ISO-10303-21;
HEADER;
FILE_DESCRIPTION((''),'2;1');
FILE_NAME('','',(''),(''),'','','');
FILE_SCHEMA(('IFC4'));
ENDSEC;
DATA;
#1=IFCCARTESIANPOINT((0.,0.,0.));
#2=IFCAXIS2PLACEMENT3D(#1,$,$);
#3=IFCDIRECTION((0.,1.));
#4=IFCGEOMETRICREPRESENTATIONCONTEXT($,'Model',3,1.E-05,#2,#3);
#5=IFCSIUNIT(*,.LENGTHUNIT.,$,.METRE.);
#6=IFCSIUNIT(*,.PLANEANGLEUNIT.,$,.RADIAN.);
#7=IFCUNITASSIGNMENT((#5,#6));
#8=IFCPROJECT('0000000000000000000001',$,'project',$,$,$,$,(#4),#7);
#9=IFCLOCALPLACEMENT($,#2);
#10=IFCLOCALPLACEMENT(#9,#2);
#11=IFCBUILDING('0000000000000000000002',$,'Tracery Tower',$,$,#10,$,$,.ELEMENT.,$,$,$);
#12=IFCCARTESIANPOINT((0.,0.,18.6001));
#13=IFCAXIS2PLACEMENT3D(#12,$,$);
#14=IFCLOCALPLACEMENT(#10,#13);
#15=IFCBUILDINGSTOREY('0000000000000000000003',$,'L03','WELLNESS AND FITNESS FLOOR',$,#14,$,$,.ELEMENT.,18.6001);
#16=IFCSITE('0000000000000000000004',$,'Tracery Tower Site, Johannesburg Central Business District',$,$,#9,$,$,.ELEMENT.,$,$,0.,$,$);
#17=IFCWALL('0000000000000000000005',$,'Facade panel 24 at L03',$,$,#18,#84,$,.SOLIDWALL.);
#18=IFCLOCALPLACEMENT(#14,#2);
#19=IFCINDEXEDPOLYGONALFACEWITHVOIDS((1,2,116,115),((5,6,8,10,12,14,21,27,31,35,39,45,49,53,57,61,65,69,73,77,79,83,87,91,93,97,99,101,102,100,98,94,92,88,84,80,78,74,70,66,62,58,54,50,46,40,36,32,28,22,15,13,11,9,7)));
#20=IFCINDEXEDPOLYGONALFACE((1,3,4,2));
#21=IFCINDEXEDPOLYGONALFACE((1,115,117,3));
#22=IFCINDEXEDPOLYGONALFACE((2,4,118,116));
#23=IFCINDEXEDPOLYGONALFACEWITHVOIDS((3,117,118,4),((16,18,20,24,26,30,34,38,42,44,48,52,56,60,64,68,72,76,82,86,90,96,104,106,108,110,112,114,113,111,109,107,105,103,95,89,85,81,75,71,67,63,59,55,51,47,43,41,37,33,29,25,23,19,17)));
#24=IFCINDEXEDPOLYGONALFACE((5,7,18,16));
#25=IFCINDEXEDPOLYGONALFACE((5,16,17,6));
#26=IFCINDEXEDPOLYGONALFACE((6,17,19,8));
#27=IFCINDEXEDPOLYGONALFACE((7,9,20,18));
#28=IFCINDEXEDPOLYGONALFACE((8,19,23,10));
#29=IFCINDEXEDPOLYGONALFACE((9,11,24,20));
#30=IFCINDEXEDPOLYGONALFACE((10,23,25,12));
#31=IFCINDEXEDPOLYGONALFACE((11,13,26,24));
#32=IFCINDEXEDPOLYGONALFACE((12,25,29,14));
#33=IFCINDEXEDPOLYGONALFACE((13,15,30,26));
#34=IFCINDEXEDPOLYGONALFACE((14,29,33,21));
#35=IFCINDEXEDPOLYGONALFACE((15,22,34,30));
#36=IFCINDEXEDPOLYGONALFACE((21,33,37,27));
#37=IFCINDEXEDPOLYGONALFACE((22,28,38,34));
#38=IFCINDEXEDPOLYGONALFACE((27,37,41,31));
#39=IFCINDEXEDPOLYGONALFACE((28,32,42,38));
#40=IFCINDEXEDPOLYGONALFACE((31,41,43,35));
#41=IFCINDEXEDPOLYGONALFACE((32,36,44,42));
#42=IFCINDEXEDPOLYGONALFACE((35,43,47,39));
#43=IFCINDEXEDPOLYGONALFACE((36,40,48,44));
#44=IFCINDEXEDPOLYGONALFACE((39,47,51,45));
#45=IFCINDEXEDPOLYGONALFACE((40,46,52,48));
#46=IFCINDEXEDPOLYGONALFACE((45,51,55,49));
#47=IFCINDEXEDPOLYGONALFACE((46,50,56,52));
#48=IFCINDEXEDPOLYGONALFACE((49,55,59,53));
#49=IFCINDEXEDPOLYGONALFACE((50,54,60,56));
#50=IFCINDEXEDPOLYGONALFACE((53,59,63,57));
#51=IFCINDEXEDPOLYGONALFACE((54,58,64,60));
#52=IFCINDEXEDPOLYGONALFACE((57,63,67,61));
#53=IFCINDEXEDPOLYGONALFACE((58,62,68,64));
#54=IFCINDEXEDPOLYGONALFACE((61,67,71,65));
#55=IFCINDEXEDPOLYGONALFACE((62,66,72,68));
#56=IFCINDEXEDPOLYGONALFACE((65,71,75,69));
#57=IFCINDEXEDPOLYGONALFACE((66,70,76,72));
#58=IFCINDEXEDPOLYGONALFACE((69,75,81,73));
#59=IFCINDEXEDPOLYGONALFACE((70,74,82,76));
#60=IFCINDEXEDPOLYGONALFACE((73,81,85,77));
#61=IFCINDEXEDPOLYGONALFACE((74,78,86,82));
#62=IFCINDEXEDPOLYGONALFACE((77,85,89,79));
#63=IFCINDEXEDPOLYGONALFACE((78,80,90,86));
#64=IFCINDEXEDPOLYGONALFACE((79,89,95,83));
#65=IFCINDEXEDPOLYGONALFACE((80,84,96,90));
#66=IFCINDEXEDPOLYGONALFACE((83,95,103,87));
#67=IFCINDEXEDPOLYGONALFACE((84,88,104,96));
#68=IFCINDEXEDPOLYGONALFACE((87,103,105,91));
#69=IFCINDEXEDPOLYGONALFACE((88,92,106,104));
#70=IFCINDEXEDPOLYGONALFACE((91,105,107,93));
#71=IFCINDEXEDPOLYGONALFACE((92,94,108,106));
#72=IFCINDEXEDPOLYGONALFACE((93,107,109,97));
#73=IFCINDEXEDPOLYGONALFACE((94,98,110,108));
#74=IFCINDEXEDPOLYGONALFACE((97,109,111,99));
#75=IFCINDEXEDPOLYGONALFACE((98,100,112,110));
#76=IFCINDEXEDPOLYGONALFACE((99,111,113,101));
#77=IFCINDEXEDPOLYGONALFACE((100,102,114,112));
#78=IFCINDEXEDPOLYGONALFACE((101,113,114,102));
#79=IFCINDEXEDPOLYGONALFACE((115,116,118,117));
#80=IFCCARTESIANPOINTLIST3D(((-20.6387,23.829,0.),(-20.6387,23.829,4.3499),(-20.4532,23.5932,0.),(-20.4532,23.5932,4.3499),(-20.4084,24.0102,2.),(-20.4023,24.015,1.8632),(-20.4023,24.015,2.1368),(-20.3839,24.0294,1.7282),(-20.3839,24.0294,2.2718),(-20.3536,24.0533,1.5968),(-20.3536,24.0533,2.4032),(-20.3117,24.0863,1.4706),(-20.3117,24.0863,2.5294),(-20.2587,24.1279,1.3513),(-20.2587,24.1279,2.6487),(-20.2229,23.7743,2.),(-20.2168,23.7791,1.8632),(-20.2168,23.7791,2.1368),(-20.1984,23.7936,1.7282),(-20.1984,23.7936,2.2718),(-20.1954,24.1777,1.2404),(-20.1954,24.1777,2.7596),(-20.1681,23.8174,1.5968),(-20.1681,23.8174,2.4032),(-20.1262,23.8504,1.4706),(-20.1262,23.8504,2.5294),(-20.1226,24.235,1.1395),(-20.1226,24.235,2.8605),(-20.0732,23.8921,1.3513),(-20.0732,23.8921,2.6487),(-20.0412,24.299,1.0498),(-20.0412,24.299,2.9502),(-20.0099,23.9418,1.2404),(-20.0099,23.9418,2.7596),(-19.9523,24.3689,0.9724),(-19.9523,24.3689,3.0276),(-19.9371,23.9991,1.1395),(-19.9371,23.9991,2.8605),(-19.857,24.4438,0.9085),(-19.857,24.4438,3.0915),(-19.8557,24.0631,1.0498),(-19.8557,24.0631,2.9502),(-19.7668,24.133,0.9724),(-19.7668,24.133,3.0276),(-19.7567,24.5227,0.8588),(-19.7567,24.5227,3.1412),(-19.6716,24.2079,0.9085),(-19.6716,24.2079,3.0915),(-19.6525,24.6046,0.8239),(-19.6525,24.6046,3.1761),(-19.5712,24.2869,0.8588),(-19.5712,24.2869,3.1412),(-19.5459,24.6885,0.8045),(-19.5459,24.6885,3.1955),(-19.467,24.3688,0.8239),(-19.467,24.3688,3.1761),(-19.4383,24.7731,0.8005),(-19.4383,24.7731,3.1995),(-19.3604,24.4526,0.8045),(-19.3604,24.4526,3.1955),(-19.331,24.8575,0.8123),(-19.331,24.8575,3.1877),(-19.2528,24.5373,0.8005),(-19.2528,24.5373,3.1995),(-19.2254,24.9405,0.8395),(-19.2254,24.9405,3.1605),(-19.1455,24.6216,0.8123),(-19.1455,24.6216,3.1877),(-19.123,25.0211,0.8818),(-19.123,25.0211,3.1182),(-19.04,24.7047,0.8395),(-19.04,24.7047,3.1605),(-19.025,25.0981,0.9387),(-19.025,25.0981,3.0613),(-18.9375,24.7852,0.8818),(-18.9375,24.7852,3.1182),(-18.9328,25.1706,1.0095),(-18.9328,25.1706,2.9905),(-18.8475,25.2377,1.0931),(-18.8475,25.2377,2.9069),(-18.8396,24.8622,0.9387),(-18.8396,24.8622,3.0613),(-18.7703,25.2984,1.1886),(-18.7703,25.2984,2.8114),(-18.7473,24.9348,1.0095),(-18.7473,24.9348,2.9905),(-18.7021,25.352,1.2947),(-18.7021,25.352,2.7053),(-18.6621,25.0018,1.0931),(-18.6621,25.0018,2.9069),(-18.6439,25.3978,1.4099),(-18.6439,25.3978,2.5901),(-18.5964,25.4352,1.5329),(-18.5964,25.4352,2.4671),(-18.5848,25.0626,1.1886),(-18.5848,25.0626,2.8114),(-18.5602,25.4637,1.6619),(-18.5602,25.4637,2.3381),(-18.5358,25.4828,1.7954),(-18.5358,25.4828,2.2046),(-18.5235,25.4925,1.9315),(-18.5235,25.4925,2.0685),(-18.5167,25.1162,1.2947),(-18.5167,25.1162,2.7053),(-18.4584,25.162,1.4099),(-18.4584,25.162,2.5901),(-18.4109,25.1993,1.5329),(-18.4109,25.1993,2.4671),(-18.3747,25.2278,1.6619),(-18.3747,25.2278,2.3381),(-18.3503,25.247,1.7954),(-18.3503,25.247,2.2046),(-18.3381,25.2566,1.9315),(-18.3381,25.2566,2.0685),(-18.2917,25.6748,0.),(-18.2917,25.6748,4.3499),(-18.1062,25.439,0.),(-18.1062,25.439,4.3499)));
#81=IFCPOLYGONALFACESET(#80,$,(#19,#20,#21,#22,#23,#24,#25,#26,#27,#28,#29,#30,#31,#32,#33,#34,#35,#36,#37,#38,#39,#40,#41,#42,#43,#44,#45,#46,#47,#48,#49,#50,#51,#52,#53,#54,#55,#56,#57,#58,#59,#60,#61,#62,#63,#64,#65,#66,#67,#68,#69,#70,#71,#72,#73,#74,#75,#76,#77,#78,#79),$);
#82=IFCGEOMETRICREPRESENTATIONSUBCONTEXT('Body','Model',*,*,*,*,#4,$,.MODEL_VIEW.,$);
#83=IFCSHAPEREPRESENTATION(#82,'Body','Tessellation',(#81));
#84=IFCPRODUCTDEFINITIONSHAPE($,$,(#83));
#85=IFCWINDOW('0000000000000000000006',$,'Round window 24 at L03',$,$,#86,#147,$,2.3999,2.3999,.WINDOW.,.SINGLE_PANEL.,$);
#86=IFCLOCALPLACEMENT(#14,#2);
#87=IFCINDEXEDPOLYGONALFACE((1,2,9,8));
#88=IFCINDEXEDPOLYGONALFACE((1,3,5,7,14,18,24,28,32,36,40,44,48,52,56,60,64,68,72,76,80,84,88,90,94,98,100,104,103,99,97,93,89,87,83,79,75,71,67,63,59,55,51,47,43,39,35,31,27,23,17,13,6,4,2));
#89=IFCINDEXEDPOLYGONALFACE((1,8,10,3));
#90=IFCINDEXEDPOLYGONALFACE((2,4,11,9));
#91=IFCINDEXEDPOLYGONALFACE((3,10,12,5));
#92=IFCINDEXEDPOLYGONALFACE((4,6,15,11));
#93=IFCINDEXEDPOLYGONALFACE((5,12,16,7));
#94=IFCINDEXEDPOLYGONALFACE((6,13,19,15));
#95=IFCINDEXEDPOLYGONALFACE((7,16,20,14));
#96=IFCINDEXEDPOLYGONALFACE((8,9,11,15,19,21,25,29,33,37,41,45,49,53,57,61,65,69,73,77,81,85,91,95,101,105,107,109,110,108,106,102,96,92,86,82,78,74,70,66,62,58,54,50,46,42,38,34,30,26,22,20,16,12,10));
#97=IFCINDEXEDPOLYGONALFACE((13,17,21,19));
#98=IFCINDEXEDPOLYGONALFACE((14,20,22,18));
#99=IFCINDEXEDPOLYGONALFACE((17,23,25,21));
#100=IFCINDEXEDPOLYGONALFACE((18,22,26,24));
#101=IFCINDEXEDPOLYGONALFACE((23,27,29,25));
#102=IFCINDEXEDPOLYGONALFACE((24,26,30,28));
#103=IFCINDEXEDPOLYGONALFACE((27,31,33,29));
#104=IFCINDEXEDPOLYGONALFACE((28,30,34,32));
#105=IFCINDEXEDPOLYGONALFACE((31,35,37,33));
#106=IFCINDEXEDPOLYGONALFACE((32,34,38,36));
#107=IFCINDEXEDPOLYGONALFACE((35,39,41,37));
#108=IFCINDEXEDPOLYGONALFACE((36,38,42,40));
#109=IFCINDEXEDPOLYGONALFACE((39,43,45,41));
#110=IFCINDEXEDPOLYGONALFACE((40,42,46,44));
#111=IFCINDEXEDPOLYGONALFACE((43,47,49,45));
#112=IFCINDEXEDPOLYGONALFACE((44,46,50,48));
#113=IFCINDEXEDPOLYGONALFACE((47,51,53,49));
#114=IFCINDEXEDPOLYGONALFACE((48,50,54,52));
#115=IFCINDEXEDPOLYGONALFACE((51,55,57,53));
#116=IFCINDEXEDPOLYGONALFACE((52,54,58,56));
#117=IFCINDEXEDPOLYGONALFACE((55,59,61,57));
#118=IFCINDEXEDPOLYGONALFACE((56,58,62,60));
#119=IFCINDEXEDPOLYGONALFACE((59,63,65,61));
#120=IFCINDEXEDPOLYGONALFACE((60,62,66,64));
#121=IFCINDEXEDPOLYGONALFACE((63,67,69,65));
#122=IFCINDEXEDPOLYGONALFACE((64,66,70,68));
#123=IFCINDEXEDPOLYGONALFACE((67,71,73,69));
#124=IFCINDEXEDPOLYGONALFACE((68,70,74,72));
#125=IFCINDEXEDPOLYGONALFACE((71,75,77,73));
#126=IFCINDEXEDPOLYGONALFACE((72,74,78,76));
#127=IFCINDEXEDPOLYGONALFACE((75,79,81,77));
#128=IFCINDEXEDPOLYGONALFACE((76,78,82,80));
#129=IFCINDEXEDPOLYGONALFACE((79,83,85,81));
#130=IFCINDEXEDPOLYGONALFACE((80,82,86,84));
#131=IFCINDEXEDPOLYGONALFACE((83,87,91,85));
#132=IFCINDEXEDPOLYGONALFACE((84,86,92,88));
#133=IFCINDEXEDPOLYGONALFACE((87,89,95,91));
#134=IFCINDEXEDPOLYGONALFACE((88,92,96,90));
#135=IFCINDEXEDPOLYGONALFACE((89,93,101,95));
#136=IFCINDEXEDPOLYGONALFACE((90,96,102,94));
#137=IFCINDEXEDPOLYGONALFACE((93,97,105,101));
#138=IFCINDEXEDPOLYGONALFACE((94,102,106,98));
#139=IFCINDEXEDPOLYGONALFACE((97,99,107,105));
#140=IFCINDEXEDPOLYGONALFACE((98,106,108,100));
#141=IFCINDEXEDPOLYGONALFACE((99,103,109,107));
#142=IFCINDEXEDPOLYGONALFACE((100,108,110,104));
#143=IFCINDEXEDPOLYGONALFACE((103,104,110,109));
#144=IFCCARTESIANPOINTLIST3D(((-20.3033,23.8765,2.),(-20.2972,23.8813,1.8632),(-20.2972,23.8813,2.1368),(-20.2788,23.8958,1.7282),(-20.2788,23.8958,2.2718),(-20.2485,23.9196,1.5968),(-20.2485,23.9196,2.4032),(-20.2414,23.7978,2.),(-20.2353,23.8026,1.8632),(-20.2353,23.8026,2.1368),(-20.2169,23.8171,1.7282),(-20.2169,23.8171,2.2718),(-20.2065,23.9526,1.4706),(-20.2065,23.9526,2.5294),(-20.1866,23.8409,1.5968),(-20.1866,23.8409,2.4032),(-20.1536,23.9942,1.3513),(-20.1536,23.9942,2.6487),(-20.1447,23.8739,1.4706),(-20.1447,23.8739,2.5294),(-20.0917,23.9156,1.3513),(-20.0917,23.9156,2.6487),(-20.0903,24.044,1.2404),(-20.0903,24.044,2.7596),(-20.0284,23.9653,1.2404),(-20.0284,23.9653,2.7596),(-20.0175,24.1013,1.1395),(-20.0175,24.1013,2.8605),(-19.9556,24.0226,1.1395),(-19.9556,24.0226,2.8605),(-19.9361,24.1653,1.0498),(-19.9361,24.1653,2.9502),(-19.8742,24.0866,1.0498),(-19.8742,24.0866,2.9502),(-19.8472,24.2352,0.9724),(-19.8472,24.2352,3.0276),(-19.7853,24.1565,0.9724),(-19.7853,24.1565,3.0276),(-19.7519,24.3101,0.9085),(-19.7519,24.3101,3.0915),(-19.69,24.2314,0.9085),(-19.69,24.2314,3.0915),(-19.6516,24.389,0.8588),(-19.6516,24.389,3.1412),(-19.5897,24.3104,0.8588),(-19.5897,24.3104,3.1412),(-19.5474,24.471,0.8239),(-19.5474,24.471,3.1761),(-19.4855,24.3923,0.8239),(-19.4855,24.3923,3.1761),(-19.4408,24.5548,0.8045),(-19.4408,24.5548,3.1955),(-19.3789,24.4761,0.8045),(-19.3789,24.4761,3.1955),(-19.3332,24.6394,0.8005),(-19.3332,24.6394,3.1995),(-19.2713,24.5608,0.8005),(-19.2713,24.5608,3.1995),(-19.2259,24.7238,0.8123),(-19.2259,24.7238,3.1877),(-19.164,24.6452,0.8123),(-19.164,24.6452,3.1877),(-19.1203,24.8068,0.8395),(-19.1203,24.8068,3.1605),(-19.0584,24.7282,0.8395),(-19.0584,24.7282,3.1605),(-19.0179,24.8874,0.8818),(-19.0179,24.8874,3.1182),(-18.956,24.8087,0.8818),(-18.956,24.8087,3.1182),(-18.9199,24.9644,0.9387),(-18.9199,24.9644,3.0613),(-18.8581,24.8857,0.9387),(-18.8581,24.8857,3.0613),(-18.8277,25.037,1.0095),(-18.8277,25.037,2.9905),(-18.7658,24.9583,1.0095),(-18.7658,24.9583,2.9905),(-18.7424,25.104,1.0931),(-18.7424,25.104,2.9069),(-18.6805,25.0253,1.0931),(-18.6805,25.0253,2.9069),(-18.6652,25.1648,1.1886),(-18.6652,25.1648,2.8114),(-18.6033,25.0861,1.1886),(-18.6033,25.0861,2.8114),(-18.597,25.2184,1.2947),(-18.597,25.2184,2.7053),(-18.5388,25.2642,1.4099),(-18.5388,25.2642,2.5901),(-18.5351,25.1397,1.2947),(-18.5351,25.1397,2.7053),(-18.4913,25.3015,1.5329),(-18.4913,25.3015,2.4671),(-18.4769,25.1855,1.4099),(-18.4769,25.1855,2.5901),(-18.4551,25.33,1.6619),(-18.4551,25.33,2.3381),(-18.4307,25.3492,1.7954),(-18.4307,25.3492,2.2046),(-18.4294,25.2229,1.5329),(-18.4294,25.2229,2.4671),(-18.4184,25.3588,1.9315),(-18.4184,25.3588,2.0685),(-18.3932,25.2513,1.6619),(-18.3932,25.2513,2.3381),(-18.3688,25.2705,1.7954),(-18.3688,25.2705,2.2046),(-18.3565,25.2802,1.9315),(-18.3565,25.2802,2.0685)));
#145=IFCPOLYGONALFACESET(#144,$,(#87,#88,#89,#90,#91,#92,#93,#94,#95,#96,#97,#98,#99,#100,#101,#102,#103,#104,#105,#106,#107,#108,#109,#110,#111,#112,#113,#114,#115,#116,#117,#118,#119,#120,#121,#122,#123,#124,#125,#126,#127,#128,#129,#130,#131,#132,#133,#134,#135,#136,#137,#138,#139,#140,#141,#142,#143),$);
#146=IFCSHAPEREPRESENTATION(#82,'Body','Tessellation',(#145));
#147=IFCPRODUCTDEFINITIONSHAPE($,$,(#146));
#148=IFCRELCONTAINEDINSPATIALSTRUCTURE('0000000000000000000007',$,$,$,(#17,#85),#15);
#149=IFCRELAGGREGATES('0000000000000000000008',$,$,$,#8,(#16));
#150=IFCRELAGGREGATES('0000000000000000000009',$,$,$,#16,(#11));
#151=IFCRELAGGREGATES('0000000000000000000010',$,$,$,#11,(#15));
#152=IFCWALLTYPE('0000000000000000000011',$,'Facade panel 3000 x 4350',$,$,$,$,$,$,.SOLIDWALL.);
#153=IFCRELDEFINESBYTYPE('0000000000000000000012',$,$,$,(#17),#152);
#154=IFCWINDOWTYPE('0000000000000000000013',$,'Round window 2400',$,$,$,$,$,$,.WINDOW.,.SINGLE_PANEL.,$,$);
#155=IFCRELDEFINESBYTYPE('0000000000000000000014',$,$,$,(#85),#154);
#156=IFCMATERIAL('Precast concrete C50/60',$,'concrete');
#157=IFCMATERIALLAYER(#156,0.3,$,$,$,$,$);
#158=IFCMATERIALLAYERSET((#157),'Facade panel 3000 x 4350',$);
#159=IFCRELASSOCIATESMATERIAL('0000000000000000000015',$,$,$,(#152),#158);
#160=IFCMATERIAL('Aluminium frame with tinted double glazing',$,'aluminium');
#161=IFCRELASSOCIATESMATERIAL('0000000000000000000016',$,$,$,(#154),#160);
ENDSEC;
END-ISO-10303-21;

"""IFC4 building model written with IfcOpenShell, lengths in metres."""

from ifc_helpers import new_model, si_unit, direction, frame, frame_2d, origin, origin_2d, place, context, subcontext, project, spatial, rectangle, circle, extrude, material, layer, layer_set, type_object, element, fill, save


model = new_model("IFC4")

# Units and contexts
model_context = context("Model", 3, precision=1e-05, world=origin(), true_north=direction((0.0, 1.0)))
body_context = subcontext(model_context, "Body", "Model", "MODEL_VIEW")
ifc_project = project(units=[si_unit("LENGTHUNIT", "METRE"), si_unit("PLANEANGLEUNIT", "RADIAN")], contexts=[model_context])

# Site, building, storey
site_placement = place(None, origin())
site = spatial("IfcSite", under=ifc_project, at=site_placement, Name="Tracery Tower Site, Johannesburg Central Business District", CompositionType="ELEMENT", RefElevation=0.0)
building_placement = place(site_placement, origin())
building = spatial("IfcBuilding", under=site, at=building_placement, Name="Tracery Tower", CompositionType="ELEMENT")
storey_placement = place(building_placement, frame((0.0, 0.0, 18.6001)))
storey = spatial("IfcBuildingStorey", under=building, at=storey_placement, Name="L03", Description="WELLNESS AND FITNESS FLOOR", CompositionType="ELEMENT", Elevation=18.6001)

# Wall, opening, window
ifc_material_1 = material(Name="Precast concrete C50/60", Category="concrete")
ifc_layer_1 = layer(ifc_material_1, 0.3)
ifc_layer_set_1 = layer_set([ifc_layer_1], Name="Facade panel 3000 x 4350")
wall_type_1 = type_object("IfcWallType", Name="Facade panel 3000 x 4350", PredefinedType="SOLIDWALL", material=ifc_layer_set_1)
ifc_material_2 = material(Name="Aluminium frame with tinted double glazing", Category="aluminium")
window_type = type_object("IfcWindowType", Name="Round window 2400", PartitioningType="SINGLE_PANEL", PredefinedType="WINDOW", material=ifc_material_2)
wall_1_placement = place(storey_placement, frame((-18.199, 25.5569, 0.0), z_axis=(0.0, 0.0, 1.0), x_axis=(-0.786043, -0.618172, 0.0)))
wall_1 = element("IfcWall", 1, at=wall_1_placement, inside=storey, type_object=wall_type_1, Name="Facade panel 24 at L03", PredefinedType="SOLIDWALL", context=body_context, shape_type="SweptSolid", body=[
    extrude(rectangle(XDim=2.9858, YDim=0.3, at=frame_2d((1.4929, 0.0))), origin(), (0.0, 0.0, 1.0), 4.3499),
])
opening_1_placement = place(wall_1_placement, frame((1.4929, 0.0, 2.0)))
opening_1 = element("IfcOpeningElement", 2, at=opening_1_placement, cuts=wall_1, PredefinedType="OPENING", context=body_context, shape_type="SweptSolid", body=[
    extrude(circle(Radius=1.2, at=origin_2d()), frame((0.0, 0.1599, 0.0), z_axis=(0.0, -1.0, 0.0), x_axis=(1.0, 0.0, 0.0)), (0.0, 0.0, 1.0), 0.3201),
])
window_1_placement = place(opening_1_placement, origin())
window_1 = element("IfcWindow", 3, at=window_1_placement, inside=storey, type_object=window_type, Name="Round window 24 at L03", OverallHeight=2.3999, OverallWidth=2.3999, PartitioningType="SINGLE_PANEL", PredefinedType="WINDOW", context=body_context, shape_type="SweptSolid", body=[
    extrude(circle(Radius=1.2, at=origin_2d()), frame((0.0, 0.1201, 0.0), z_axis=(0.0, -1.0, 0.0), x_axis=(1.0, 0.0, 0.0)), (0.0, 0.0, 1.0), 0.1001),
])
fill(opening_1, window_1)

save(model, "model.ifc")
